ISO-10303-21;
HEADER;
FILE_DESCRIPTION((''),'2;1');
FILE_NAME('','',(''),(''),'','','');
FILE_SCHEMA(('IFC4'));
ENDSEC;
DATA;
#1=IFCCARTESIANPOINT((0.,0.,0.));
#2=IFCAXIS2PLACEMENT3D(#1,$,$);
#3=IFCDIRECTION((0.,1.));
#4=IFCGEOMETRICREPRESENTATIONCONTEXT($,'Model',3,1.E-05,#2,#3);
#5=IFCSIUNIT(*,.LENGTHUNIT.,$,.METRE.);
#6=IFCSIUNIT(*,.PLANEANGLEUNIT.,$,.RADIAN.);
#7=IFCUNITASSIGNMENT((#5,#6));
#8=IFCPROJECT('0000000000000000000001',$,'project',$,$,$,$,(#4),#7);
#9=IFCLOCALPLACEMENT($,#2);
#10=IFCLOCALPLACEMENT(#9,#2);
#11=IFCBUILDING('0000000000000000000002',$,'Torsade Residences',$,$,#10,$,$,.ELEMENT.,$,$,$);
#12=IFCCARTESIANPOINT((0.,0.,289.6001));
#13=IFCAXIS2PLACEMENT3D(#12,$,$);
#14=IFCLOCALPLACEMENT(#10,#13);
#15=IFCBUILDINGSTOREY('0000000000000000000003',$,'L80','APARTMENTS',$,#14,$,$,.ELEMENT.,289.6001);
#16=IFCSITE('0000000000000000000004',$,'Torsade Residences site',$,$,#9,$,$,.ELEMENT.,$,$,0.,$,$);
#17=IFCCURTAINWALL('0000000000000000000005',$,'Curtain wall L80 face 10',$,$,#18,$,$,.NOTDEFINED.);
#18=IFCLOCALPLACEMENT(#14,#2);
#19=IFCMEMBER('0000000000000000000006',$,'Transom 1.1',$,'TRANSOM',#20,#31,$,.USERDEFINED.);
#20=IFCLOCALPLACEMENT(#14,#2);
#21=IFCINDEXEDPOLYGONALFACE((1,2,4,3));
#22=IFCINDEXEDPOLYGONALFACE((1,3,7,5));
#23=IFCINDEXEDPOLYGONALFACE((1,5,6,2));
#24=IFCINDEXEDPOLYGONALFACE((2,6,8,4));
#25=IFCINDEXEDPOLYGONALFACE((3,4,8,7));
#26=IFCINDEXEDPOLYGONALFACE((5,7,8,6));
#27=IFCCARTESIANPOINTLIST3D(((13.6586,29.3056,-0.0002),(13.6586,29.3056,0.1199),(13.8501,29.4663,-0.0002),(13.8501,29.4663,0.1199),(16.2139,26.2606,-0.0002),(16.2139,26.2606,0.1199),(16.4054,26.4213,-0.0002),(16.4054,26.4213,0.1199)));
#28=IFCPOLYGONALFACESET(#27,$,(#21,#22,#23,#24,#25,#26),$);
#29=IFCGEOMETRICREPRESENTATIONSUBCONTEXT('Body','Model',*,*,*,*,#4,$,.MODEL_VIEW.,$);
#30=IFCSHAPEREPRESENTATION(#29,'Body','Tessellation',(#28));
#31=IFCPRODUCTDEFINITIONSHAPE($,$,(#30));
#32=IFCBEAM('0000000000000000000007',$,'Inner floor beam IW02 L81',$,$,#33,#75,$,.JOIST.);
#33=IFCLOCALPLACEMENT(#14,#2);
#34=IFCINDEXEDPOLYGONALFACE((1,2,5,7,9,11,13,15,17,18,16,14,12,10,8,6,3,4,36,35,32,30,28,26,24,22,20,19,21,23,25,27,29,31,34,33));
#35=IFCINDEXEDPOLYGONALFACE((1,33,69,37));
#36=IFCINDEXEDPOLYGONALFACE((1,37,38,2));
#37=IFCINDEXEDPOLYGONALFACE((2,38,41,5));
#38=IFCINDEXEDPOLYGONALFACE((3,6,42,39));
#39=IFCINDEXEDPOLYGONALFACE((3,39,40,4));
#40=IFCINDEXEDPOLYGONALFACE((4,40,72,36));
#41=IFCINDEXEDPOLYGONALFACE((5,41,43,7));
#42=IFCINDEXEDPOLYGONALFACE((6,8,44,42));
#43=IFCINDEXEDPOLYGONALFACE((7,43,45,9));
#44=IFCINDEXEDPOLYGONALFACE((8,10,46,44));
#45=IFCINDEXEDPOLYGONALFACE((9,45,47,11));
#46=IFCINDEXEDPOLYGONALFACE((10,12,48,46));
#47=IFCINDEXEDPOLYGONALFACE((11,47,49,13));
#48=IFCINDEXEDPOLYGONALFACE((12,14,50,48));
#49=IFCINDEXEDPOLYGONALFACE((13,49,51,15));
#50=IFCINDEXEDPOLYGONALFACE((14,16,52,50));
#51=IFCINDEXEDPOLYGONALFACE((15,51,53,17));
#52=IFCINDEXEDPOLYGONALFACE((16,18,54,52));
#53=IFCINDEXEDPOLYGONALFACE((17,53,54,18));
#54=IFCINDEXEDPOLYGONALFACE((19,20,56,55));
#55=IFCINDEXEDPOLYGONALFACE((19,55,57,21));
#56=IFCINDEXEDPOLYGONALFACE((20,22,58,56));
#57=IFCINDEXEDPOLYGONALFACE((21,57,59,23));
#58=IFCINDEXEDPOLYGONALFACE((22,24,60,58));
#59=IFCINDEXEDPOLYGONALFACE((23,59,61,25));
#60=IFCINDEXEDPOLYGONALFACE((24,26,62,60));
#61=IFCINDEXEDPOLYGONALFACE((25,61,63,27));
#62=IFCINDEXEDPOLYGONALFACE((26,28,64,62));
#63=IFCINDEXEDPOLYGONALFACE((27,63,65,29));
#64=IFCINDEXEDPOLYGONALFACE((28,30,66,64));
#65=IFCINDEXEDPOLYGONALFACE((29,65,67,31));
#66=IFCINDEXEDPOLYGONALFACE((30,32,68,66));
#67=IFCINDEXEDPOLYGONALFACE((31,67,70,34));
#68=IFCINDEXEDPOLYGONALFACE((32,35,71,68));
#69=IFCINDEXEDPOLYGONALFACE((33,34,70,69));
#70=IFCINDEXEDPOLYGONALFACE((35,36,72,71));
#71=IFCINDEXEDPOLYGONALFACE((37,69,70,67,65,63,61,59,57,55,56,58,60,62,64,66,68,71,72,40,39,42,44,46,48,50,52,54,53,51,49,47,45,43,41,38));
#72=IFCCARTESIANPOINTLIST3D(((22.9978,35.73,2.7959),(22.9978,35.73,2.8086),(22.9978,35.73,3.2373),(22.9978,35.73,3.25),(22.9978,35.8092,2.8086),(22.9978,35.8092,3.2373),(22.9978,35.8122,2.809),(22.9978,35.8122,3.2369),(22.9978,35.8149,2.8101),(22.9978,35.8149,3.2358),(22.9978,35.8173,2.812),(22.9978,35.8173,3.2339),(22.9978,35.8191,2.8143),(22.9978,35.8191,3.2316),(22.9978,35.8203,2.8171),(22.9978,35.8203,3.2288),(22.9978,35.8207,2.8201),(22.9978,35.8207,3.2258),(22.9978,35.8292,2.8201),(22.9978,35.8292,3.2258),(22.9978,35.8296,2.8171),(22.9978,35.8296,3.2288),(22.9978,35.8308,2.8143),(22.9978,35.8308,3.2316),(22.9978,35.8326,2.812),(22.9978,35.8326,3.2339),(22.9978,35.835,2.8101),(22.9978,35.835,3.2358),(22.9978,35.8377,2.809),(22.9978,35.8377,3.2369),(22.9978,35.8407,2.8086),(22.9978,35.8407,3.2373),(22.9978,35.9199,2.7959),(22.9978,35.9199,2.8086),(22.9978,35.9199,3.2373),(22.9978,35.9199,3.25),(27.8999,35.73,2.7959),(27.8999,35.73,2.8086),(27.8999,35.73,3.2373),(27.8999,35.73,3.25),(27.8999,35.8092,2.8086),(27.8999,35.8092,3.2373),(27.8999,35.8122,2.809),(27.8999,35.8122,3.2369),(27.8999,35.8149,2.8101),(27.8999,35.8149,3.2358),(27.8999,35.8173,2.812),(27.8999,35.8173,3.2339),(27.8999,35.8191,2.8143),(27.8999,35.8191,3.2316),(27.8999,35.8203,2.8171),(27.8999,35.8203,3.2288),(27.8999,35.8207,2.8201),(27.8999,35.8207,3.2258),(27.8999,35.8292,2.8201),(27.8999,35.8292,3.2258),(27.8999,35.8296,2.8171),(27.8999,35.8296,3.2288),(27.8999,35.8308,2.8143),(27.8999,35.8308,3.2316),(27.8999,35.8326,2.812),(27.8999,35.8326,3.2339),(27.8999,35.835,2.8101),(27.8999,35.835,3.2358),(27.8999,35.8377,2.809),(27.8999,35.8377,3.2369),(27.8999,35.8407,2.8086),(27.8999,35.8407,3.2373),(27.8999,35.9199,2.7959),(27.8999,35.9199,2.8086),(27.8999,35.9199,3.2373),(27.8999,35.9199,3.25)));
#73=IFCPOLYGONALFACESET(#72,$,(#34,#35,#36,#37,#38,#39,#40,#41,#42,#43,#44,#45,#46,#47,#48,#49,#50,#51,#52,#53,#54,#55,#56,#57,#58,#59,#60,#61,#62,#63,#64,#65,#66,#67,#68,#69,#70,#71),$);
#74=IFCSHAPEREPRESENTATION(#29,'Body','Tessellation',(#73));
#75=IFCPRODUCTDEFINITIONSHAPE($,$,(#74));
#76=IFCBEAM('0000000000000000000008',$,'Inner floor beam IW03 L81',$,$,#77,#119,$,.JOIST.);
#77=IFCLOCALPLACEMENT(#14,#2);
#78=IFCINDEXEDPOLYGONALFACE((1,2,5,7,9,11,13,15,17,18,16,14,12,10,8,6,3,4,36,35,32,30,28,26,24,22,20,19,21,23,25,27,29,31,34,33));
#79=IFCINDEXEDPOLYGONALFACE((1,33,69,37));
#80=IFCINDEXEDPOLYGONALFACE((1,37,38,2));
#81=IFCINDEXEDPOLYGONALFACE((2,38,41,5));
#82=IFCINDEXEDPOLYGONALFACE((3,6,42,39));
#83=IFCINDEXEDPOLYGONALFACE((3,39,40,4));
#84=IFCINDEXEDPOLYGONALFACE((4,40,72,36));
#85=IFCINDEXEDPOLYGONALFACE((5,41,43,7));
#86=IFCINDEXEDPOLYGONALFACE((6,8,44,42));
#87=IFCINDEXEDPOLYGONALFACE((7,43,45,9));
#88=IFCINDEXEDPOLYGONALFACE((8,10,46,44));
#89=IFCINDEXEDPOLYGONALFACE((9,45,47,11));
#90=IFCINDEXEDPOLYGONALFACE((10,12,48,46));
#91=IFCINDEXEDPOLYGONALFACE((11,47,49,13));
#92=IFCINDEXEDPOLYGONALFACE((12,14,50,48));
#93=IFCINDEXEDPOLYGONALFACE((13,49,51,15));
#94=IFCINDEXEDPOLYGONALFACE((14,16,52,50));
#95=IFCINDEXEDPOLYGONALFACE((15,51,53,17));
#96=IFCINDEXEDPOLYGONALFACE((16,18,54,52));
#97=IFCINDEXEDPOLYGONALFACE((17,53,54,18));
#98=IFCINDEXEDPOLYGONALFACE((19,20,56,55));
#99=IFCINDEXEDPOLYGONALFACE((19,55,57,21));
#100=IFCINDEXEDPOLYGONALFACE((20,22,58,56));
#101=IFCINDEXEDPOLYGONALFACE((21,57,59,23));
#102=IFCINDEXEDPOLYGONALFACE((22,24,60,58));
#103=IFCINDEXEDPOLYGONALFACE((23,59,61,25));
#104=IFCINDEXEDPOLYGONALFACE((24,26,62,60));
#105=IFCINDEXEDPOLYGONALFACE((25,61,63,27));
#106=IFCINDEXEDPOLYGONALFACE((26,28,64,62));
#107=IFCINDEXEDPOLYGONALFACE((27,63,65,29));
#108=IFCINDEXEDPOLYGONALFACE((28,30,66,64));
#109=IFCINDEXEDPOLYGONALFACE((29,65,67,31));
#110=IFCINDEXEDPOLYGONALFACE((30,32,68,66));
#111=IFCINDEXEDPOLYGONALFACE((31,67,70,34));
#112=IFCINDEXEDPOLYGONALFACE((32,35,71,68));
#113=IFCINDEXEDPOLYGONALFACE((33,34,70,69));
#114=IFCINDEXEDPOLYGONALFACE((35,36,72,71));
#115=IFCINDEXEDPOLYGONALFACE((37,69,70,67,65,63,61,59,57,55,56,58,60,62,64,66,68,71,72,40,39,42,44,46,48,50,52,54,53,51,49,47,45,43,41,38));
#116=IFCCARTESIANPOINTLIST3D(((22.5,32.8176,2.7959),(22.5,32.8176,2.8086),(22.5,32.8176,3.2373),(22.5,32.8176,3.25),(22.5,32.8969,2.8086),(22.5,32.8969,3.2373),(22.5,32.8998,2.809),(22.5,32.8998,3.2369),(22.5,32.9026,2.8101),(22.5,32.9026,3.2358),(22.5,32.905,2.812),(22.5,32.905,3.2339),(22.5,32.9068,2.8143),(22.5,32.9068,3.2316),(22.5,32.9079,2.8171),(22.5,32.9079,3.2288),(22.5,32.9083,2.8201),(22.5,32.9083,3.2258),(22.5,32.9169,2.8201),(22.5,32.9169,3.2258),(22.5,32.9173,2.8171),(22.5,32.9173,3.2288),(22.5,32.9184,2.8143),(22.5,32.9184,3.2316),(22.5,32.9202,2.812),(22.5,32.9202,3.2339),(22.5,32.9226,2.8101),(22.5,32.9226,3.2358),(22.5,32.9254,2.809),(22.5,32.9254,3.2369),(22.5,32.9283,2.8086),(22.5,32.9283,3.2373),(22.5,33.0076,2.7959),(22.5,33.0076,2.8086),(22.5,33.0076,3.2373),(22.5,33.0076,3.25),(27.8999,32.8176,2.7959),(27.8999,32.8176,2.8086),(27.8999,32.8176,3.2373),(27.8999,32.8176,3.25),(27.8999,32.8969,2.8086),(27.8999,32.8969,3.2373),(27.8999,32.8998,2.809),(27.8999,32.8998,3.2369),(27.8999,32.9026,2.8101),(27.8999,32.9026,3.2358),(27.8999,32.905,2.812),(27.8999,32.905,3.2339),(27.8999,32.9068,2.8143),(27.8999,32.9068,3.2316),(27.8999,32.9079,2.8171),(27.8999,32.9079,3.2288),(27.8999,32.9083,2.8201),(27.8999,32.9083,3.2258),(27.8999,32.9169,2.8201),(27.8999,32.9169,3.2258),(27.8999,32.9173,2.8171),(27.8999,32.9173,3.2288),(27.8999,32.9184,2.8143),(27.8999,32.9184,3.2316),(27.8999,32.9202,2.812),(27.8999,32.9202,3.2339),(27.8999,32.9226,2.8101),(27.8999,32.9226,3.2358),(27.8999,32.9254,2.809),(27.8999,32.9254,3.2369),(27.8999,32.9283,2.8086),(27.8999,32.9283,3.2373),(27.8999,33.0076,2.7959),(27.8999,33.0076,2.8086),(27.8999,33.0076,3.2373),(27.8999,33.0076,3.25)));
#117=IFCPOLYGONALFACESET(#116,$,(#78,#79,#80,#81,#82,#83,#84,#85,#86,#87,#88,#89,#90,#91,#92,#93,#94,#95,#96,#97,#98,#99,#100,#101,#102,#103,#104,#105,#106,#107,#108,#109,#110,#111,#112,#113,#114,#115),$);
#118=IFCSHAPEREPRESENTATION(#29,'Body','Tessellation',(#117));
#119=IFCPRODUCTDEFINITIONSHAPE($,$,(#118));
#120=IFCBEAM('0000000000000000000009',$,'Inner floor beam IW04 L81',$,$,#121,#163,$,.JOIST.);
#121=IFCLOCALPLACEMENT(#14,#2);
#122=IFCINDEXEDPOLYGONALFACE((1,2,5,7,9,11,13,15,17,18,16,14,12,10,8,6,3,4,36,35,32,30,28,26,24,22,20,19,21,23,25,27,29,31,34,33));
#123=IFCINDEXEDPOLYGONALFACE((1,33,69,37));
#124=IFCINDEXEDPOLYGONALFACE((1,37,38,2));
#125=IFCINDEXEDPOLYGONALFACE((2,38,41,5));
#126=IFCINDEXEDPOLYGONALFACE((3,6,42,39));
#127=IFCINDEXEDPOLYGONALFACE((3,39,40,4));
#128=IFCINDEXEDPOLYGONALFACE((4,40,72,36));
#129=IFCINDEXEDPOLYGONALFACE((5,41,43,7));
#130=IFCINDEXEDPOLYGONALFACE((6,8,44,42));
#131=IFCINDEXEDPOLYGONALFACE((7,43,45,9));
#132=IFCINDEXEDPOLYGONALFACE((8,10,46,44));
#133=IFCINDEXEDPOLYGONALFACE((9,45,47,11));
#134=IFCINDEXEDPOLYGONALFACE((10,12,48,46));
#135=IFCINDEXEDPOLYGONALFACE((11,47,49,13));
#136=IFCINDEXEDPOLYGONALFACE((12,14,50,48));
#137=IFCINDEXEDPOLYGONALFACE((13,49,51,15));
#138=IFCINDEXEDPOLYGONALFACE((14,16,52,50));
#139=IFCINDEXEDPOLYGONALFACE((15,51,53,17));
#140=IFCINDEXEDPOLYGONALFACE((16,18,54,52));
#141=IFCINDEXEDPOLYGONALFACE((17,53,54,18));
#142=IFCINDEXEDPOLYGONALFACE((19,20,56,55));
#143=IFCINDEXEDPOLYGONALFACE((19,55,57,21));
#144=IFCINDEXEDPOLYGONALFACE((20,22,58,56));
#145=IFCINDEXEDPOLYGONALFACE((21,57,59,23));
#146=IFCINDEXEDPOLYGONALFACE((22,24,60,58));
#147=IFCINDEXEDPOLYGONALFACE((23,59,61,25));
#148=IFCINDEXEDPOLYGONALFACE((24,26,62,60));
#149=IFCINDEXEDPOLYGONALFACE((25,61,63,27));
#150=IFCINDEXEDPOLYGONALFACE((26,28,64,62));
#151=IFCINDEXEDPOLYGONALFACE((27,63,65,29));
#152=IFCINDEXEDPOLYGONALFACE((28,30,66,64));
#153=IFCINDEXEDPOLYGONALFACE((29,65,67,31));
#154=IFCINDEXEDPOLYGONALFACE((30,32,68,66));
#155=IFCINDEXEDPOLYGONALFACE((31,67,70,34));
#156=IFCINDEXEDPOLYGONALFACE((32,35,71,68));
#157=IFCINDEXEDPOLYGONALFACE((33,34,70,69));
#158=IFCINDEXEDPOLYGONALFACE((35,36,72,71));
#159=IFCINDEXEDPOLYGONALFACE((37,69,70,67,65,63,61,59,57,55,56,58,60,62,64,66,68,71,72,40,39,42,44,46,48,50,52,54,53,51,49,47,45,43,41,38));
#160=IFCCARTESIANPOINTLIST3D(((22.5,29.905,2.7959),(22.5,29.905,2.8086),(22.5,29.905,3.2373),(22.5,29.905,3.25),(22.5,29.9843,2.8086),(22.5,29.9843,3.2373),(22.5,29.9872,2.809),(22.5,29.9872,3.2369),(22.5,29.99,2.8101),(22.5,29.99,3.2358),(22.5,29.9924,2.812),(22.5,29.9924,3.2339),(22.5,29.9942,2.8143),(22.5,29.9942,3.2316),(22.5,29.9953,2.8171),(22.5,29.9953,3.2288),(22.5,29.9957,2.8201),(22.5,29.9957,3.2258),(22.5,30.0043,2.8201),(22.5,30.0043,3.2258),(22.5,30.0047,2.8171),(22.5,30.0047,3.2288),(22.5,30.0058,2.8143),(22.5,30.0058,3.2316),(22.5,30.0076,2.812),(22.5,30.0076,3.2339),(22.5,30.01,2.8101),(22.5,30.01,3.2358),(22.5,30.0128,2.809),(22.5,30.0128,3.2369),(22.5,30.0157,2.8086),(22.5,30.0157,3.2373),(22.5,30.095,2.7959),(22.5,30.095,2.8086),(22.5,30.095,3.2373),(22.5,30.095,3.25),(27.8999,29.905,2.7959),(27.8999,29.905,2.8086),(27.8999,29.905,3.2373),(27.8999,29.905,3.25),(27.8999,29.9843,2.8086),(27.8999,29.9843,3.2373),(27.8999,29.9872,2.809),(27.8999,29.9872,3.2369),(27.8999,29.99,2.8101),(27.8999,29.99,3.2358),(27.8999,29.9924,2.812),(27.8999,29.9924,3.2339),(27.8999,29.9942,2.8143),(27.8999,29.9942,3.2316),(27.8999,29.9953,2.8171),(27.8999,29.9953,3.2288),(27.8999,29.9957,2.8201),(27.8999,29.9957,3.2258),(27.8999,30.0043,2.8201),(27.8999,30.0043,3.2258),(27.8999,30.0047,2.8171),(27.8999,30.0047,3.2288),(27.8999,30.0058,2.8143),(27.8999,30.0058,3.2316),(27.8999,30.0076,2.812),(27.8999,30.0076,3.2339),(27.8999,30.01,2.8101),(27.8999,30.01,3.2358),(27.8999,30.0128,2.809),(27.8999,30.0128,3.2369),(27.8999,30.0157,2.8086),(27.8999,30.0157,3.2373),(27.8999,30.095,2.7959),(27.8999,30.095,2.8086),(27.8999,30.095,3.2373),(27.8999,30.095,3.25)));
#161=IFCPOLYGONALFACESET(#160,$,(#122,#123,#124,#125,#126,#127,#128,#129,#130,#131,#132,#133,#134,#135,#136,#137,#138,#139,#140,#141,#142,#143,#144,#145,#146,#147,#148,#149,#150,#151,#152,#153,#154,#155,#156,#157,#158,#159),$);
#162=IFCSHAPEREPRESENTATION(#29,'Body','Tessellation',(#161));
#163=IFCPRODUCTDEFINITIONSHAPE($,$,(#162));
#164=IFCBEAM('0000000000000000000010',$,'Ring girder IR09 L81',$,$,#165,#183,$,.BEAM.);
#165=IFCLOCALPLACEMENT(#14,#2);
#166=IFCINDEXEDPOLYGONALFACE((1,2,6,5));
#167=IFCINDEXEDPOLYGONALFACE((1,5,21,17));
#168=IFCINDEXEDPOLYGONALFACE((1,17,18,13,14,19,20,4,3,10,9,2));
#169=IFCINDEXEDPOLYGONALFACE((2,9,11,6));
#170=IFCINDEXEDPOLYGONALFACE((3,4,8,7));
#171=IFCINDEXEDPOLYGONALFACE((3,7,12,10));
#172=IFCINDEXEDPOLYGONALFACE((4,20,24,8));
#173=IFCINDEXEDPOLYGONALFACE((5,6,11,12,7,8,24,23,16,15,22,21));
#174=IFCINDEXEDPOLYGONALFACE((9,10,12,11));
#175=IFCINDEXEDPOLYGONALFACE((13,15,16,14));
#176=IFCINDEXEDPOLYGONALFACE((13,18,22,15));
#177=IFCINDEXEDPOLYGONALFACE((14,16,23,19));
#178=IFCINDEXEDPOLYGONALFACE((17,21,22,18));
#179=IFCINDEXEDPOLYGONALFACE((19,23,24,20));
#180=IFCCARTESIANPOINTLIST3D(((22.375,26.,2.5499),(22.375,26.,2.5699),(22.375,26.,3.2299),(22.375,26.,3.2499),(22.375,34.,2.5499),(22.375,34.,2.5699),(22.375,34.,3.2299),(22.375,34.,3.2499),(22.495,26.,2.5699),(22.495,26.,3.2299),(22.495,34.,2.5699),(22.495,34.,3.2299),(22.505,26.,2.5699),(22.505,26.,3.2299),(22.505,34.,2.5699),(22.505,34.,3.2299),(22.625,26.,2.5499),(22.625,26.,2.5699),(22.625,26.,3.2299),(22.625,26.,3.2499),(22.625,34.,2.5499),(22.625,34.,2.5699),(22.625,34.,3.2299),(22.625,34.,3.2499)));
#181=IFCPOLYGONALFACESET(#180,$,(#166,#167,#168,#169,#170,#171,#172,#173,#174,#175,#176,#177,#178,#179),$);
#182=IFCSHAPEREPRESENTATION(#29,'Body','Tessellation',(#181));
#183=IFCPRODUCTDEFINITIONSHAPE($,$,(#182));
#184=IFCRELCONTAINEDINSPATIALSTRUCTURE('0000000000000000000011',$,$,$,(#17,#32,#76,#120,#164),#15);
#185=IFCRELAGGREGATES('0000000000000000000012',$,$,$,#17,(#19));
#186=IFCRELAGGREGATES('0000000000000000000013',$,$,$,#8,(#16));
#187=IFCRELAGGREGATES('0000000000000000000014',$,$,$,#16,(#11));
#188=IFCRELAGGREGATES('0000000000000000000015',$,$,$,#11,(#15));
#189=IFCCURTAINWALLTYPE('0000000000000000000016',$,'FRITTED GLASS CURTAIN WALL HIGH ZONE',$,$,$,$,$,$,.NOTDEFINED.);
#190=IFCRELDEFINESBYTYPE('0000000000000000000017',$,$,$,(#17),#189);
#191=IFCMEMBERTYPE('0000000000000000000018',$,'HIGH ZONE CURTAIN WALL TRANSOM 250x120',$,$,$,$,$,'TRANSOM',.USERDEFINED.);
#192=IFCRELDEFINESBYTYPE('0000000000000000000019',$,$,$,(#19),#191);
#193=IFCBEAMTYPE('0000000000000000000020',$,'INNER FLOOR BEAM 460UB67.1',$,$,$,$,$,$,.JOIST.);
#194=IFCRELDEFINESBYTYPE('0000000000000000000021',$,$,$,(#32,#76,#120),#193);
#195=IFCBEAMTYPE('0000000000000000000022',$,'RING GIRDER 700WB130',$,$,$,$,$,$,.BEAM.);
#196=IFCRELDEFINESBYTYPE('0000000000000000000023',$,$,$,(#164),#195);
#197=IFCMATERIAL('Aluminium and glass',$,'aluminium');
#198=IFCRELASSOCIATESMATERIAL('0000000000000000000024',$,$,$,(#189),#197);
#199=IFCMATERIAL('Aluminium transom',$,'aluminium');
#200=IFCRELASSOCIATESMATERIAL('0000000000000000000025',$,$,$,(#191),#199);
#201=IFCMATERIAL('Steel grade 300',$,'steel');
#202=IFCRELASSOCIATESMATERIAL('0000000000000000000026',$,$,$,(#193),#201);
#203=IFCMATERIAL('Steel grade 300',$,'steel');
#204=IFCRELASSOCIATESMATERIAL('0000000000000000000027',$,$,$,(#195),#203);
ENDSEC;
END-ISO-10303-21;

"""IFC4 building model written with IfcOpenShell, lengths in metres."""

from ifc_helpers import new_model, si_unit, direction, frame, origin, origin_2d, place, context, subcontext, project, spatial, rectangle, i_section, extrude, material, material_profile, profile_set, type_object, element, aggregate, save


model = new_model("IFC4")

# Units and contexts
model_context = context("Model", 3, precision=1e-05, world=origin(), true_north=direction((0.0, 1.0)))
body_context = subcontext(model_context, "Body", "Model", "MODEL_VIEW")
ifc_project = project(units=[si_unit("LENGTHUNIT", "METRE"), si_unit("PLANEANGLEUNIT", "RADIAN")], contexts=[model_context])

# Site, building, storey
site_placement = place(None, origin())
site = spatial("IfcSite", under=ifc_project, at=site_placement, Name="Torsade Residences site", CompositionType="ELEMENT", RefElevation=0.0)
building_placement = place(site_placement, origin())
building = spatial("IfcBuilding", under=site, at=building_placement, Name="Torsade Residences", CompositionType="ELEMENT")
storey_placement = place(building_placement, frame((0.0, 0.0, 289.6001)))
storey = spatial("IfcBuildingStorey", under=building, at=storey_placement, Name="L80", Description="APARTMENTS", CompositionType="ELEMENT", Elevation=289.6001)

# Shared definitions
ifc_material_1 = material(Name="Aluminium and glass", Category="aluminium")
curtain_wall_type = type_object("IfcCurtainWallType", Name="FRITTED GLASS CURTAIN WALL HIGH ZONE", PredefinedType="NOTDEFINED", material=ifc_material_1)

# Curtain wall, member
curtain_wall_1_placement = place(storey_placement, origin())
curtain_wall_1 = element("IfcCurtainWall", 1, at=curtain_wall_1_placement, inside=storey, type_object=curtain_wall_type, Name="Curtain wall L80 face 10", PredefinedType="NOTDEFINED")
ifc_material_2 = material(Name="Aluminium transom", Category="aluminium")
ifc_material_profile_1 = material_profile(ifc_material_2, rectangle(XDim=0.25, YDim=0.1201, at=origin_2d()), Name="HIGH ZONE CURTAIN WALL TRANSOM 250x120")
ifc_profile_set_1 = profile_set([ifc_material_profile_1], Name="Aluminium transom")
member_type_1 = type_object("IfcMemberType", Name="HIGH ZONE CURTAIN WALL TRANSOM 250x120", ElementType="TRANSOM", PredefinedType="USERDEFINED", material=ifc_profile_set_1)
member_1_placement = place(storey_placement, frame((13.7544, 29.386, 0.0598), z_axis=(0.642815, -0.766022, 0.0), x_axis=(0.766022, 0.642815, 0.0)))
member_1 = element("IfcMember", 2, at=member_1_placement, type_object=member_type_1, Name="Transom 1.1", ObjectType="TRANSOM", PredefinedType="USERDEFINED", context=body_context, shape_type="SweptSolid", body=[
    extrude(rectangle(XDim=0.25, YDim=0.1201, at=origin_2d()), origin(), (0.0, 0.0, 1.0), 3.9751),
])
aggregate(curtain_wall_1, [member_1])

# Beams
ifc_material_3 = material(Name="Steel grade 300", Category="steel")
ifc_material_profile_2 = material_profile(ifc_material_3, i_section(OverallWidth=0.1899, OverallDepth=0.4541, WebThickness=0.0085, FlangeThickness=0.0127, FilletRadius=0.0115, at=origin_2d()), Name="460UB67.1")
ifc_profile_set_2 = profile_set([ifc_material_profile_2], Name="Steel grade 300")
beam_type_1 = type_object("IfcBeamType", Name="INNER FLOOR BEAM 460UB67.1", PredefinedType="JOIST", material=ifc_profile_set_2)
beam_1_placement = place(storey_placement, frame((27.8999, 35.825, 3.0229), z_axis=(-1.0, 0.0, 0.0), x_axis=(0.0, -1.0, 0.0)))
element("IfcBeam", 3, at=beam_1_placement, inside=storey, type_object=beam_type_1, Name="Inner floor beam IW02 L81", PredefinedType="JOIST", context=body_context, shape_type="SweptSolid", body=[
    extrude(i_section(OverallWidth=0.1899, OverallDepth=0.4541, WebThickness=0.0085, FlangeThickness=0.0127, FilletRadius=0.0115, at=origin_2d()), origin(), (0.0, 0.0, 1.0), 4.9021),
])
for number, where, z_axis, x_axis, name in (
    (4, (27.8999, 32.9126, 3.0229), (-1.0, 0.0, 0.0), (0.0, -1.0, 0.0), "Inner floor beam IW03 L81"),
    (5, (27.8999, 30.0, 3.0229), (-1.0, 0.0, 0.0), (0.0, -1.0, 0.0), "Inner floor beam IW04 L81"),
):
    element("IfcBeam", number, at=place(storey_placement, frame(where, z_axis=z_axis, x_axis=x_axis)), inside=storey, type_object=beam_type_1, Name=name, PredefinedType="JOIST", context=body_context, shape_type="SweptSolid", body=[
        extrude(i_section(OverallWidth=0.1899, OverallDepth=0.4541, WebThickness=0.0085, FlangeThickness=0.0127, FilletRadius=0.0115, at=origin_2d()), origin(), (0.0, 0.0, 1.0), 5.3999),
    ])
ifc_material_4 = material(Name="Steel grade 300", Category="steel")
ifc_material_profile_3 = material_profile(ifc_material_4, i_section(OverallWidth=0.25, OverallDepth=0.7, WebThickness=0.01, FlangeThickness=0.02, at=origin_2d()), Name="700WB130")
ifc_profile_set_3 = profile_set([ifc_material_profile_3], Name="Steel grade 300")
beam_type_2 = type_object("IfcBeamType", Name="RING GIRDER 700WB130", PredefinedType="BEAM", material=ifc_profile_set_3)
beam_2_placement = place(storey_placement, frame((22.5, 34.0, 2.8999), z_axis=(0.0, -1.0, 0.0), x_axis=(1.0, 0.0, 0.0)))
element("IfcBeam", 6, at=beam_2_placement, inside=storey, type_object=beam_type_2, Name="Ring girder IR09 L81", PredefinedType="BEAM", context=body_context, shape_type="SweptSolid", body=[
    extrude(i_section(OverallWidth=0.25, OverallDepth=0.7, WebThickness=0.01, FlangeThickness=0.02, at=origin_2d()), origin(), (0.0, 0.0, 1.0), 8.0),
])

save(model, "model.ifc")
